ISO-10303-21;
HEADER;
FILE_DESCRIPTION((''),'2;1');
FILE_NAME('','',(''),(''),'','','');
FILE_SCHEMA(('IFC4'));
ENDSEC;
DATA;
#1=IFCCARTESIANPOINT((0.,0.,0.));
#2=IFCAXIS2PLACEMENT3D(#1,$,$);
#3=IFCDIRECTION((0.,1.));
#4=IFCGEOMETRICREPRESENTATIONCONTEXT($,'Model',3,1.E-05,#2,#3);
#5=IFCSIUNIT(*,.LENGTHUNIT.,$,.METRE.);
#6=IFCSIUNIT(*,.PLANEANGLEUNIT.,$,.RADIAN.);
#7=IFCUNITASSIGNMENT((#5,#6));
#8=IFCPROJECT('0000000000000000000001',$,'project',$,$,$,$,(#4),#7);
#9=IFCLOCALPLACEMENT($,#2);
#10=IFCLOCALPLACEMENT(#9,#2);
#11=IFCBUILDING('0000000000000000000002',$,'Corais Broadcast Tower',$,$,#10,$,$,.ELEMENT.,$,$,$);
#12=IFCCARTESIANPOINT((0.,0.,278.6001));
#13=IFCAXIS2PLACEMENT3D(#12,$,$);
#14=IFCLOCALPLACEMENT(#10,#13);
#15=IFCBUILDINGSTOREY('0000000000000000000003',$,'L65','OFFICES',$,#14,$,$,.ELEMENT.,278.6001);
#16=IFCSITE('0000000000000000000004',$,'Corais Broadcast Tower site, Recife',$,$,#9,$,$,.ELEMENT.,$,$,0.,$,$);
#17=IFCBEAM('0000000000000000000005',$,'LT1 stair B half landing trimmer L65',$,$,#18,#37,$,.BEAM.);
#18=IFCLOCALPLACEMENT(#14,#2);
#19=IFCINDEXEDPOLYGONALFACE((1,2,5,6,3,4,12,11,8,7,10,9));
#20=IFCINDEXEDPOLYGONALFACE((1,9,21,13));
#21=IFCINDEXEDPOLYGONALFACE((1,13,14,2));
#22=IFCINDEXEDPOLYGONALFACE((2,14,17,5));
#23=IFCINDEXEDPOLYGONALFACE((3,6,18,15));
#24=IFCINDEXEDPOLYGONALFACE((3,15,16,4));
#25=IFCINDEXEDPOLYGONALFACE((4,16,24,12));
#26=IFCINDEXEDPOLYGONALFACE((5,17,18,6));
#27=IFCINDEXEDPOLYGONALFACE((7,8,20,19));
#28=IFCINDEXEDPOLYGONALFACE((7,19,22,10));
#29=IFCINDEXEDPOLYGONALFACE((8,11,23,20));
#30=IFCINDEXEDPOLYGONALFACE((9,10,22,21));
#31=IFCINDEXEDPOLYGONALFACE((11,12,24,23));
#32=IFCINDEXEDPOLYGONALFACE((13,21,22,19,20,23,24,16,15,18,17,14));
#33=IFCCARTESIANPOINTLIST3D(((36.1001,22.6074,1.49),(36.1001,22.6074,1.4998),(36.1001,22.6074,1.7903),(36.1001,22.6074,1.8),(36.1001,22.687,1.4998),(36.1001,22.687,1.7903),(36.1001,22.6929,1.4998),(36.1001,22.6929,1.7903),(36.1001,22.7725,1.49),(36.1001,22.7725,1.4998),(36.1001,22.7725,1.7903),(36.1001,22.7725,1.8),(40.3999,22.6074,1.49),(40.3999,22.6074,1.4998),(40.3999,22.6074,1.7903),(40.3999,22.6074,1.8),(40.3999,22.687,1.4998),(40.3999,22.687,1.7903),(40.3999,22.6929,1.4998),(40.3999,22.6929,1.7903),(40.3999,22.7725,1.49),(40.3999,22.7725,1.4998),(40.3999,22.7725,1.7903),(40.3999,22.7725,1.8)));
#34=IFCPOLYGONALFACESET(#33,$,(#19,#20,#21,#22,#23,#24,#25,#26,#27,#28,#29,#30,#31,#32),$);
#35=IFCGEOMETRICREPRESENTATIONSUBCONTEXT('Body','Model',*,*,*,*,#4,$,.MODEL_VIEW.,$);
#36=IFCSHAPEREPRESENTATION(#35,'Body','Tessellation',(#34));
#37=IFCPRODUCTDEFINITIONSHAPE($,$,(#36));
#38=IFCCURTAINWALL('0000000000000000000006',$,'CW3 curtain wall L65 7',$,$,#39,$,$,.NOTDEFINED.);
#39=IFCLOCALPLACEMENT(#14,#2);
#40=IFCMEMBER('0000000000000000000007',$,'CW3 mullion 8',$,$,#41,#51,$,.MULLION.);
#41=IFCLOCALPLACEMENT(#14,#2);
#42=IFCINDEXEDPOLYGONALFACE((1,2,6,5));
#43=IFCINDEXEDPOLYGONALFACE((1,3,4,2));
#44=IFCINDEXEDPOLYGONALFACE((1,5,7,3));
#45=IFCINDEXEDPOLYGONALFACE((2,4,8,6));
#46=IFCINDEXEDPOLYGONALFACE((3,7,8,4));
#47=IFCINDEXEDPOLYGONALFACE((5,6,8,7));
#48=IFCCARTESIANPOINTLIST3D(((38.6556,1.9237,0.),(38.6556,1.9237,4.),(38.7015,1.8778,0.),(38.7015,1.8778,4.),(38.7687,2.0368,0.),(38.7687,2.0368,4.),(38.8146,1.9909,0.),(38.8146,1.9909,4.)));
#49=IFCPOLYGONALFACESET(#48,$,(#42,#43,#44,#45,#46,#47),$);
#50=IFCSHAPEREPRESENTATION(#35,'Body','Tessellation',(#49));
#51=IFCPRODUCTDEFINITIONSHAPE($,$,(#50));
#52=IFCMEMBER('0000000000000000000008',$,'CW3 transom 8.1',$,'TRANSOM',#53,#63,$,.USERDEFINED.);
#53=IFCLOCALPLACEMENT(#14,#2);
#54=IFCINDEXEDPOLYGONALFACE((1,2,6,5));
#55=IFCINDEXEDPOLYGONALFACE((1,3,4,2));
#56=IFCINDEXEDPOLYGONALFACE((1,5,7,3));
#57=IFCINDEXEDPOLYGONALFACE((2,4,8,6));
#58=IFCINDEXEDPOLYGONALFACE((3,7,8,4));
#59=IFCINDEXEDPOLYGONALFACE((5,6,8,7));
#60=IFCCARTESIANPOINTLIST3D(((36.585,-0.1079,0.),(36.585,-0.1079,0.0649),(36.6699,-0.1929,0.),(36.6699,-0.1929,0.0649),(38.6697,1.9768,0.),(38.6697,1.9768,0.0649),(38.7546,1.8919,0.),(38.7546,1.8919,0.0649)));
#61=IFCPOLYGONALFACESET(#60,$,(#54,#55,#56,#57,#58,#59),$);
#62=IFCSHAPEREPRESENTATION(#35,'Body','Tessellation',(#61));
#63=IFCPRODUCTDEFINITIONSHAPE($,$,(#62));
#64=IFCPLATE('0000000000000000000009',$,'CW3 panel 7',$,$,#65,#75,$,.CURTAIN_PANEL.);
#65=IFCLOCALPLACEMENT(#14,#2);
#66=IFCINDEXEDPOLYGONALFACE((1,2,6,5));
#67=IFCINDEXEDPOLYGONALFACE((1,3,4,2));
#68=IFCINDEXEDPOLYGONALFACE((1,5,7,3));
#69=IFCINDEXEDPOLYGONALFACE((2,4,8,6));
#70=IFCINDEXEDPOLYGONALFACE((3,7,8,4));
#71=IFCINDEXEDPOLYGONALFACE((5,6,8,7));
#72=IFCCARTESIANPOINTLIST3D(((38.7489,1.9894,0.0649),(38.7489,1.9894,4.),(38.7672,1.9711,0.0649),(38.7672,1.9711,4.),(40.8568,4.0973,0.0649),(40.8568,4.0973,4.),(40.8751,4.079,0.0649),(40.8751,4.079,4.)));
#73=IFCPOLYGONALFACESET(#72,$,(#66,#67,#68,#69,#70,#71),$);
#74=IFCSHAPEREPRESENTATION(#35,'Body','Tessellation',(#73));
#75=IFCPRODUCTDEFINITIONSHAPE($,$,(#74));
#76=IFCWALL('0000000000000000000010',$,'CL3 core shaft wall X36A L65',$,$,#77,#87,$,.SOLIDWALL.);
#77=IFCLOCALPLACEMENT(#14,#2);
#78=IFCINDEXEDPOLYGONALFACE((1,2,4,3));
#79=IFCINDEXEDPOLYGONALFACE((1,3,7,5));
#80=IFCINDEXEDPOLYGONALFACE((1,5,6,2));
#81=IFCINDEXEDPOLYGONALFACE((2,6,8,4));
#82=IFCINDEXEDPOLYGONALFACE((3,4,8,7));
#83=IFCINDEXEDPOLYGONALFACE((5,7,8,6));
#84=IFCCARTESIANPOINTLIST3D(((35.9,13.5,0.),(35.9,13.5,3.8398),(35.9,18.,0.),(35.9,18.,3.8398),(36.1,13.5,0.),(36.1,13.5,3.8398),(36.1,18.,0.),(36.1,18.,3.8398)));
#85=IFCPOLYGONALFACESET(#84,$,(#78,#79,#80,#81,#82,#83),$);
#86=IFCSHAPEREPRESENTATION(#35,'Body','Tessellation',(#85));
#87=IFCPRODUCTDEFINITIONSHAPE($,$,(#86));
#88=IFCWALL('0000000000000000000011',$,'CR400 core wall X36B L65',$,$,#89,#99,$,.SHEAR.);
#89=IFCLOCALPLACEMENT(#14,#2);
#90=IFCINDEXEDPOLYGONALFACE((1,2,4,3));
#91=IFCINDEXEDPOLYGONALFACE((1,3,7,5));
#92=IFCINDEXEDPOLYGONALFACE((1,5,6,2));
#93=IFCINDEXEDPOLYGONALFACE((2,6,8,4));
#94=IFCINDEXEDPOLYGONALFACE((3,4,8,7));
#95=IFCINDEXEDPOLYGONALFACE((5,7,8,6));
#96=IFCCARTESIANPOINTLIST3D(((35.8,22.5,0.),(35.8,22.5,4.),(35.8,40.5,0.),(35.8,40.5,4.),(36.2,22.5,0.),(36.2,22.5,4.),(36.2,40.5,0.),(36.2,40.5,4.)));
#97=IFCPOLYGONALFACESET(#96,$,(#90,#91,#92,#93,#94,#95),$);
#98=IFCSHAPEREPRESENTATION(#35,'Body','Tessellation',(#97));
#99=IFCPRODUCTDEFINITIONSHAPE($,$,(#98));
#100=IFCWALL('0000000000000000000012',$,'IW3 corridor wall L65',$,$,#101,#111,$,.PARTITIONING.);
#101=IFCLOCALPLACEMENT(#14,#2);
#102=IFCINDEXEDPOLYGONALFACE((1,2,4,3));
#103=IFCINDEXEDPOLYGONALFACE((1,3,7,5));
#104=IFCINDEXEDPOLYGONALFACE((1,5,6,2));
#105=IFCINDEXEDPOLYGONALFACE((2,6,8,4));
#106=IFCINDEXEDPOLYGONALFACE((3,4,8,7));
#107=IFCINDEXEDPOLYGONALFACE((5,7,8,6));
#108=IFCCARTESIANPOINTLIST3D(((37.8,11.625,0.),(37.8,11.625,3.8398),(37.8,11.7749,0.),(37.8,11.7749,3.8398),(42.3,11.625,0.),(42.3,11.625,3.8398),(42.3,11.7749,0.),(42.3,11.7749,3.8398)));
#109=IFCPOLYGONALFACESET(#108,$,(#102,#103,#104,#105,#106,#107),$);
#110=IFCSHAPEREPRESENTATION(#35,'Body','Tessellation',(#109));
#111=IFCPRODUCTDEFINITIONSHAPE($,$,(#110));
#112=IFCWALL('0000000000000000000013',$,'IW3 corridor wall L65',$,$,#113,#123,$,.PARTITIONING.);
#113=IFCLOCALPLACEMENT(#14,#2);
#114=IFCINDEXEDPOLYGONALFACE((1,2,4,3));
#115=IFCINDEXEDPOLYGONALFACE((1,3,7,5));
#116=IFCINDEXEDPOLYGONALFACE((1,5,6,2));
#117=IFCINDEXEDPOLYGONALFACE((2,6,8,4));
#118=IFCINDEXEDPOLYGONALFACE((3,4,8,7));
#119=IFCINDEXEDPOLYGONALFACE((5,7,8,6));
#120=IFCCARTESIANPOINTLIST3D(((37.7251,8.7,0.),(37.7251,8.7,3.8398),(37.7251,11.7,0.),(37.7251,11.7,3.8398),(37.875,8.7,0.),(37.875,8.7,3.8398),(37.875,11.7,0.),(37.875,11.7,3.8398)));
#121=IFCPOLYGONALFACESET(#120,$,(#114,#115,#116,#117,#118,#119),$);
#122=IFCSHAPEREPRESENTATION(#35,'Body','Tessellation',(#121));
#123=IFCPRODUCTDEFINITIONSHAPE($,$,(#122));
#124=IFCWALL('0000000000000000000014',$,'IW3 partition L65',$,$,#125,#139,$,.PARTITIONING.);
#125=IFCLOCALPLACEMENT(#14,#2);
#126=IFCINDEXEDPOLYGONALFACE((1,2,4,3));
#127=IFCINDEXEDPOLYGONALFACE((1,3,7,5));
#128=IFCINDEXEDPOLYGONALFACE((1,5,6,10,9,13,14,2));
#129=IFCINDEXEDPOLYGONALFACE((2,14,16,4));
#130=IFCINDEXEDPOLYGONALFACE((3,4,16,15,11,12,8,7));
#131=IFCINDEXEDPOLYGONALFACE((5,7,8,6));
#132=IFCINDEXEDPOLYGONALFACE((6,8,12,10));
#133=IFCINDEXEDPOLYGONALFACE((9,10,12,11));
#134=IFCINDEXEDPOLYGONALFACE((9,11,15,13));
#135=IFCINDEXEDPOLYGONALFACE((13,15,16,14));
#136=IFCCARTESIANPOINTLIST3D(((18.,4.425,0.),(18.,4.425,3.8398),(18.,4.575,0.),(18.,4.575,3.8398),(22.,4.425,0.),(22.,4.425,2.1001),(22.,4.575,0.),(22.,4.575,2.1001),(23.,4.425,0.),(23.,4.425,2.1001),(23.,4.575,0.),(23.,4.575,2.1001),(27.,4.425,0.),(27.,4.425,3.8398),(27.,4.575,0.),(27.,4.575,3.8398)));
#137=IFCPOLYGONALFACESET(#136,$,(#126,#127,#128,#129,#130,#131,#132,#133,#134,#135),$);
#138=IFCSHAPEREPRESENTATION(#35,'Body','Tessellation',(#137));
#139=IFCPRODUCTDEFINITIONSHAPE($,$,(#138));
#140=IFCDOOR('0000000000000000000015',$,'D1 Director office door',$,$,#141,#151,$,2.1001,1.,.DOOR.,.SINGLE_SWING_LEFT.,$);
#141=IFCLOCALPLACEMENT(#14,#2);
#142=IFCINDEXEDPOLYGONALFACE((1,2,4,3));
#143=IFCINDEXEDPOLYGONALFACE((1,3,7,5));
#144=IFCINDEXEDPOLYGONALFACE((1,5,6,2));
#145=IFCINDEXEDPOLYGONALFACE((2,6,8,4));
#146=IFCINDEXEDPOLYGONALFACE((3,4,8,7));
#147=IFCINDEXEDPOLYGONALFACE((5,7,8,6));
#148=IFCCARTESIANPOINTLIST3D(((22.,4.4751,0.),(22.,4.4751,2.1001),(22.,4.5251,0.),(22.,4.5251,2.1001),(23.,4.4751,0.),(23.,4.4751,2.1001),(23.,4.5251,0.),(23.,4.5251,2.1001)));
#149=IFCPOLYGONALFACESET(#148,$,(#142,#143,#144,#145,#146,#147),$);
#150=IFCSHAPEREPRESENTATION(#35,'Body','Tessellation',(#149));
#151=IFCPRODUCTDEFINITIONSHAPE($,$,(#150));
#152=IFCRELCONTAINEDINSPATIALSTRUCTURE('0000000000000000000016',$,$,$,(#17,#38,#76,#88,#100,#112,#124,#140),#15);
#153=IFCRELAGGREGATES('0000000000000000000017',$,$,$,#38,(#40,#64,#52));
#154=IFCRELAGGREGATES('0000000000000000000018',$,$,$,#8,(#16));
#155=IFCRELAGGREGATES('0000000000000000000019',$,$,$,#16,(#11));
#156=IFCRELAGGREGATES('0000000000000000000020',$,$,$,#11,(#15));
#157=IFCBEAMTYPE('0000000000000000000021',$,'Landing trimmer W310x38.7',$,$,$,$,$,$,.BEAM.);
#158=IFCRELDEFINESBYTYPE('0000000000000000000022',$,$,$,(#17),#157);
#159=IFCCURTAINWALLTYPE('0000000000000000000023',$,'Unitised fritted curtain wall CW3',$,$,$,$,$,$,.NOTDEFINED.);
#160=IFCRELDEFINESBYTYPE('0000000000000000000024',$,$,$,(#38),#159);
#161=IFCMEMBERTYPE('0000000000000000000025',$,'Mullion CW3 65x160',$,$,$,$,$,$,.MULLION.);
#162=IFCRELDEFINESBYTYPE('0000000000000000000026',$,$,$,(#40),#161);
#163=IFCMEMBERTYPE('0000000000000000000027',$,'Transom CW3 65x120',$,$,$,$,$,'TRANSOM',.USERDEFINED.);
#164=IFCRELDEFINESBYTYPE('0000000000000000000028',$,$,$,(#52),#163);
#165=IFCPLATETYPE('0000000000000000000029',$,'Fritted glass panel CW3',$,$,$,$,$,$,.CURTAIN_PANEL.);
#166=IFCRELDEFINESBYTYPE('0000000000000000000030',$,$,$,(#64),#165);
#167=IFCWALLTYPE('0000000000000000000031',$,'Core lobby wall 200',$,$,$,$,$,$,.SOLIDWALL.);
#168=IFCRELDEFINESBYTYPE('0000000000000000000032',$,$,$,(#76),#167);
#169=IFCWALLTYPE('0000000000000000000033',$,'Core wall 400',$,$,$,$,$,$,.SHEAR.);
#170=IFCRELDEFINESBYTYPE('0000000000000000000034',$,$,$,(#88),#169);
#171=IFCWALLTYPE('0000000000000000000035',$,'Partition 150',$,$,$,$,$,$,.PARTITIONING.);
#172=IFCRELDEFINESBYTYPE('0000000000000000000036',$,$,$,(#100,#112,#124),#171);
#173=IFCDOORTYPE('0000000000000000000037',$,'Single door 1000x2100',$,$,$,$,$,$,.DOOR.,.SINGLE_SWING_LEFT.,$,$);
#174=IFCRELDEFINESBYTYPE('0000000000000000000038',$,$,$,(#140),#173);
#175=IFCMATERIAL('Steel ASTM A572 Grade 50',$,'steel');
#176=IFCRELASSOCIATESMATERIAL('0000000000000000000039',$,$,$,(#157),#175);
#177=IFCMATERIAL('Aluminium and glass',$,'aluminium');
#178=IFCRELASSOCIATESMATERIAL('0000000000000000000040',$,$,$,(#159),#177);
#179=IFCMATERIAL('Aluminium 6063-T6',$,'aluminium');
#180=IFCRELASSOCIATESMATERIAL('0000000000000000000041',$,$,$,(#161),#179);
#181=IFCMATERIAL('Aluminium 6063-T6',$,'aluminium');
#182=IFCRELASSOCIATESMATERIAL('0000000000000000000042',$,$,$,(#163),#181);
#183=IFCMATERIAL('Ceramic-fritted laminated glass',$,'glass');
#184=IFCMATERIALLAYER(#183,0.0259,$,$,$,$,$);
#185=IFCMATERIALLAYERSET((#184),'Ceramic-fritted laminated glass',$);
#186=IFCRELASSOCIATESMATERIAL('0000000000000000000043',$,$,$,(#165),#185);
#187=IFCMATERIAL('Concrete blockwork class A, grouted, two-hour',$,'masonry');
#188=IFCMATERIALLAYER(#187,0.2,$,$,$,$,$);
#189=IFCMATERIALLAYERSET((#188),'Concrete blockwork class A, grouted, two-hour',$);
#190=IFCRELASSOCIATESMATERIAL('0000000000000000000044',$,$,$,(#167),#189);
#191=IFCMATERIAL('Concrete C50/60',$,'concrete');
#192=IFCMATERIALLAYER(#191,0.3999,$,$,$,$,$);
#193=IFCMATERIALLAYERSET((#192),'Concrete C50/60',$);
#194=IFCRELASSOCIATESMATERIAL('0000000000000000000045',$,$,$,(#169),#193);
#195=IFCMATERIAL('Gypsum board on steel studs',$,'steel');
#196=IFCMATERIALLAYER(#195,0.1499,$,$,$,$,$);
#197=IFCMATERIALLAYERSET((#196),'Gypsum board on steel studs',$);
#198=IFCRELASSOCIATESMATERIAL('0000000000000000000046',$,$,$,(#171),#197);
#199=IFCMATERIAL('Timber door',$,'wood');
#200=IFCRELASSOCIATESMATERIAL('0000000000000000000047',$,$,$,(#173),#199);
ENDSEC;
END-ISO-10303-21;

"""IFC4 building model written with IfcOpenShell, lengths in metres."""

from ifc_helpers import new_model, si_unit, direction, frame, frame_2d, origin, origin_2d, place, context, subcontext, project, spatial, rectangle, i_section, extrude, material, layer, layer_set, material_profile, profile_set, type_object, element, fill, aggregate, save


model = new_model("IFC4")

# Units and contexts
model_context = context("Model", 3, precision=1e-05, world=origin(), true_north=direction((0.0, 1.0)))
body_context = subcontext(model_context, "Body", "Model", "MODEL_VIEW")
ifc_project = project(units=[si_unit("LENGTHUNIT", "METRE"), si_unit("PLANEANGLEUNIT", "RADIAN")], contexts=[model_context])

# Site, building, storey
site_placement = place(None, origin())
site = spatial("IfcSite", under=ifc_project, at=site_placement, Name="Corais Broadcast Tower site, Recife", CompositionType="ELEMENT", RefElevation=0.0)
building_placement = place(site_placement, origin())
building = spatial("IfcBuilding", under=site, at=building_placement, Name="Corais Broadcast Tower", CompositionType="ELEMENT")
storey_placement = place(building_placement, frame((0.0, 0.0, 278.6001)))
storey = spatial("IfcBuildingStorey", under=building, at=storey_placement, Name="L65", Description="OFFICES", CompositionType="ELEMENT", Elevation=278.6001)

# Beam
ifc_material_1 = material(Name="Steel ASTM A572 Grade 50", Category="steel")
ifc_material_profile_1 = material_profile(ifc_material_1, i_section(OverallWidth=0.165, OverallDepth=0.3101, WebThickness=0.0059, FlangeThickness=0.0098, at=origin_2d()), Name="W310x38.7")
ifc_profile_set_1 = profile_set([ifc_material_profile_1], Name="Steel ASTM A572 Grade 50")
beam_type = type_object("IfcBeamType", Name="Landing trimmer W310x38.7", PredefinedType="BEAM", material=ifc_profile_set_1)
beam_placement = place(storey_placement, frame((36.1001, 22.6899, 1.645), z_axis=(1.0, 0.0, 0.0), x_axis=(0.0, 1.0, 0.0)))
element("IfcBeam", 1, at=beam_placement, inside=storey, type_object=beam_type, Name="LT1 stair B half landing trimmer L65", PredefinedType="BEAM", context=body_context, shape_type="SweptSolid", body=[
    extrude(i_section(OverallWidth=0.165, OverallDepth=0.3101, WebThickness=0.0059, FlangeThickness=0.0098, at=origin_2d()), origin(), (0.0, 0.0, 1.0), 4.2998),
])

# Curtain wall, members, plate
ifc_material_2 = material(Name="Aluminium and glass", Category="aluminium")
curtain_wall_type = type_object("IfcCurtainWallType", Name="Unitised fritted curtain wall CW3", PredefinedType="NOTDEFINED", material=ifc_material_2)
curtain_wall_placement = place(storey_placement, origin())
curtain_wall = element("IfcCurtainWall", 2, at=curtain_wall_placement, inside=storey, type_object=curtain_wall_type, Name="CW3 curtain wall L65 7", PredefinedType="NOTDEFINED")
ifc_material_3 = material(Name="Aluminium 6063-T6", Category="aluminium")
ifc_material_profile_2 = material_profile(ifc_material_3, rectangle(XDim=0.0649, YDim=0.1599, at=origin_2d()), Name="Mullion CW3 65x160")
ifc_profile_set_2 = profile_set([ifc_material_profile_2], Name="Aluminium 6063-T6")
member_type_1 = type_object("IfcMemberType", Name="Mullion CW3 65x160", PredefinedType="MULLION", material=ifc_profile_set_2)
member_1_placement = place(storey_placement, frame((38.7351, 1.9573, 0.0), z_axis=(0.0, 0.0, 1.0), x_axis=(0.707107, -0.707107, 0.0)))
member_1 = element("IfcMember", 3, at=member_1_placement, type_object=member_type_1, Name="CW3 mullion 8", PredefinedType="MULLION", context=body_context, shape_type="SweptSolid", body=[
    extrude(rectangle(XDim=0.0649, YDim=0.1599, at=origin_2d()), origin(), (0.0, 0.0, 1.0), 4.0),
])
ifc_material_4 = material(Name="Aluminium 6063-T6", Category="aluminium")
ifc_material_profile_3 = material_profile(ifc_material_4, rectangle(XDim=0.1201, YDim=0.0649, at=origin_2d()), Name="Transom CW3 65x120")
ifc_profile_set_3 = profile_set([ifc_material_profile_3], Name="Aluminium 6063-T6")
member_type_2 = type_object("IfcMemberType", Name="Transom CW3 65x120", ElementType="TRANSOM", PredefinedType="USERDEFINED", material=ifc_profile_set_3)
member_2_placement = place(storey_placement, frame((38.7122, 1.9343, 0.0325), z_axis=(-0.707107, -0.707107, 0.0), x_axis=(0.707107, -0.707107, 0.0)))
member_2 = element("IfcMember", 4, at=member_2_placement, type_object=member_type_2, Name="CW3 transom 8.1", ObjectType="TRANSOM", PredefinedType="USERDEFINED", context=body_context, shape_type="SweptSolid", body=[
    extrude(rectangle(XDim=0.1201, YDim=0.0649, at=origin_2d()), origin(), (0.0, 0.0, 1.0), 2.9482),
])
ifc_material_5 = material(Name="Ceramic-fritted laminated glass", Category="glass")
ifc_layer_1 = layer(ifc_material_5, 0.0259)
ifc_layer_set_1 = layer_set([ifc_layer_1], Name="Ceramic-fritted laminated glass")
plate_type = type_object("IfcPlateType", Name="Fritted glass panel CW3", PredefinedType="CURTAIN_PANEL", material=ifc_layer_set_1)
plate_placement = place(storey_placement, frame((39.812, 3.0342, 0.0649), z_axis=(0.0, 0.0, 1.0), x_axis=(-0.707107, -0.707107, 0.0)))
plate = element("IfcPlate", 5, at=plate_placement, type_object=plate_type, Name="CW3 panel 7", PredefinedType="CURTAIN_PANEL", context=body_context, shape_type="SweptSolid", body=[
    extrude(rectangle(XDim=2.981, YDim=0.0259, at=origin_2d()), origin(), (0.0, 0.0, 1.0), 3.9351),
])
aggregate(curtain_wall, [member_1, plate, member_2])

# Walls
ifc_material_6 = material(Name="Concrete blockwork class A, grouted, two-hour", Category="masonry")
ifc_layer_2 = layer(ifc_material_6, 0.2)
ifc_layer_set_2 = layer_set([ifc_layer_2], Name="Concrete blockwork class A, grouted, two-hour")
wall_type_1 = type_object("IfcWallType", Name="Core lobby wall 200", PredefinedType="SOLIDWALL", material=ifc_layer_set_2)
wall_1_placement = place(storey_placement, frame((36.0, 13.5, 0.0), z_axis=(0.0, 0.0, 1.0), x_axis=(0.0, 1.0, 0.0)))
element("IfcWall", 6, at=wall_1_placement, inside=storey, type_object=wall_type_1, Name="CL3 core shaft wall X36A L65", PredefinedType="SOLIDWALL", context=body_context, shape_type="SweptSolid", body=[
    extrude(rectangle(XDim=4.5, YDim=0.2, at=frame_2d((2.25, 0.0))), origin(), (0.0, 0.0, 1.0), 3.8398),
])
ifc_material_7 = material(Name="Concrete C50/60", Category="concrete")
ifc_layer_3 = layer(ifc_material_7, 0.3999)
ifc_layer_set_3 = layer_set([ifc_layer_3], Name="Concrete C50/60")
wall_type_2 = type_object("IfcWallType", Name="Core wall 400", PredefinedType="SHEAR", material=ifc_layer_set_3)
wall_2_placement = place(storey_placement, frame((36.0, 22.5, 0.0), z_axis=(0.0, 0.0, 1.0), x_axis=(0.0, 1.0, 0.0)))
element("IfcWall", 7, at=wall_2_placement, inside=storey, type_object=wall_type_2, Name="CR400 core wall X36B L65", PredefinedType="SHEAR", context=body_context, shape_type="SweptSolid", body=[
    extrude(rectangle(XDim=18.0, YDim=0.3999, at=frame_2d((9.0, 0.0))), origin(), (0.0, 0.0, 1.0), 4.0),
])
ifc_material_8 = material(Name="Gypsum board on steel studs", Category="steel")
ifc_layer_4 = layer(ifc_material_8, 0.1499)
ifc_layer_set_4 = layer_set([ifc_layer_4], Name="Gypsum board on steel studs")
wall_type_3 = type_object("IfcWallType", Name="Partition 150", PredefinedType="PARTITIONING", material=ifc_layer_set_4)
wall_3_placement = place(storey_placement, frame((37.8, 11.7, 0.0), z_axis=(0.0, 0.0, 1.0), x_axis=(1.0, 0.0, 0.0)))
element("IfcWall", 8, at=wall_3_placement, inside=storey, type_object=wall_type_3, Name="IW3 corridor wall L65", PredefinedType="PARTITIONING", context=body_context, shape_type="SweptSolid", body=[
    extrude(rectangle(XDim=4.5, YDim=0.1499, at=frame_2d((2.25, 0.0))), origin(), (0.0, 0.0, 1.0), 3.8398),
])
wall_4_placement = place(storey_placement, frame((37.8, 8.7, 0.0), z_axis=(0.0, 0.0, 1.0), x_axis=(0.0, 1.0, 0.0)))
element("IfcWall", 9, at=wall_4_placement, inside=storey, type_object=wall_type_3, Name="IW3 corridor wall L65", PredefinedType="PARTITIONING", context=body_context, shape_type="SweptSolid", body=[
    extrude(rectangle(XDim=3.0, YDim=0.1499, at=frame_2d((1.5, 0.0))), origin(), (0.0, 0.0, 1.0), 3.8398),
])

# Wall, opening, door
wall_5_placement = place(storey_placement, frame((27.0, 4.5, 0.0), z_axis=(0.0, 0.0, 1.0), x_axis=(-1.0, 0.0, 0.0)))
wall_5 = element("IfcWall", 10, at=wall_5_placement, inside=storey, type_object=wall_type_3, Name="IW3 partition L65", PredefinedType="PARTITIONING", context=body_context, shape_type="SweptSolid", body=[
    extrude(rectangle(XDim=9.0, YDim=0.1499, at=frame_2d((4.5, 0.0))), origin(), (0.0, 0.0, 1.0), 3.8398),
])
opening_1_placement = place(wall_5_placement, frame((4.0, 0.0, 0.0)))
opening_1 = element("IfcOpeningElement", 11, at=opening_1_placement, cuts=wall_5, PredefinedType="OPENING", context=body_context, shape_type="SweptSolid", body=[
    extrude(rectangle(XDim=1.0, YDim=2.1001, at=frame_2d((0.5, 1.05))), frame((0.0, 0.085, 0.0), z_axis=(0.0, -1.0, 0.0), x_axis=(1.0, 0.0, 0.0)), (0.0, 0.0, 1.0), 0.1699),
])
ifc_material_9 = material(Name="Timber door", Category="wood")
door_type = type_object("IfcDoorType", Name="Single door 1000x2100", OperationType="SINGLE_SWING_LEFT", PredefinedType="DOOR", material=ifc_material_9)
door_1_placement = place(opening_1_placement, origin())
door_1 = element("IfcDoor", 12, at=door_1_placement, inside=storey, type_object=door_type, Name="D1 Director office door", OperationType="SINGLE_SWING_LEFT", OverallHeight=2.1001, OverallWidth=1.0, PredefinedType="DOOR", context=body_context, shape_type="SweptSolid", body=[
    extrude(rectangle(XDim=1.0, YDim=2.1001, at=frame_2d((0.5, 1.05))), frame((0.0, 0.0249, 0.0), z_axis=(0.0, -1.0, 0.0), x_axis=(1.0, 0.0, 0.0)), (0.0, 0.0, 1.0), 0.05),
])
fill(opening_1, door_1)

save(model, "model.ifc")
